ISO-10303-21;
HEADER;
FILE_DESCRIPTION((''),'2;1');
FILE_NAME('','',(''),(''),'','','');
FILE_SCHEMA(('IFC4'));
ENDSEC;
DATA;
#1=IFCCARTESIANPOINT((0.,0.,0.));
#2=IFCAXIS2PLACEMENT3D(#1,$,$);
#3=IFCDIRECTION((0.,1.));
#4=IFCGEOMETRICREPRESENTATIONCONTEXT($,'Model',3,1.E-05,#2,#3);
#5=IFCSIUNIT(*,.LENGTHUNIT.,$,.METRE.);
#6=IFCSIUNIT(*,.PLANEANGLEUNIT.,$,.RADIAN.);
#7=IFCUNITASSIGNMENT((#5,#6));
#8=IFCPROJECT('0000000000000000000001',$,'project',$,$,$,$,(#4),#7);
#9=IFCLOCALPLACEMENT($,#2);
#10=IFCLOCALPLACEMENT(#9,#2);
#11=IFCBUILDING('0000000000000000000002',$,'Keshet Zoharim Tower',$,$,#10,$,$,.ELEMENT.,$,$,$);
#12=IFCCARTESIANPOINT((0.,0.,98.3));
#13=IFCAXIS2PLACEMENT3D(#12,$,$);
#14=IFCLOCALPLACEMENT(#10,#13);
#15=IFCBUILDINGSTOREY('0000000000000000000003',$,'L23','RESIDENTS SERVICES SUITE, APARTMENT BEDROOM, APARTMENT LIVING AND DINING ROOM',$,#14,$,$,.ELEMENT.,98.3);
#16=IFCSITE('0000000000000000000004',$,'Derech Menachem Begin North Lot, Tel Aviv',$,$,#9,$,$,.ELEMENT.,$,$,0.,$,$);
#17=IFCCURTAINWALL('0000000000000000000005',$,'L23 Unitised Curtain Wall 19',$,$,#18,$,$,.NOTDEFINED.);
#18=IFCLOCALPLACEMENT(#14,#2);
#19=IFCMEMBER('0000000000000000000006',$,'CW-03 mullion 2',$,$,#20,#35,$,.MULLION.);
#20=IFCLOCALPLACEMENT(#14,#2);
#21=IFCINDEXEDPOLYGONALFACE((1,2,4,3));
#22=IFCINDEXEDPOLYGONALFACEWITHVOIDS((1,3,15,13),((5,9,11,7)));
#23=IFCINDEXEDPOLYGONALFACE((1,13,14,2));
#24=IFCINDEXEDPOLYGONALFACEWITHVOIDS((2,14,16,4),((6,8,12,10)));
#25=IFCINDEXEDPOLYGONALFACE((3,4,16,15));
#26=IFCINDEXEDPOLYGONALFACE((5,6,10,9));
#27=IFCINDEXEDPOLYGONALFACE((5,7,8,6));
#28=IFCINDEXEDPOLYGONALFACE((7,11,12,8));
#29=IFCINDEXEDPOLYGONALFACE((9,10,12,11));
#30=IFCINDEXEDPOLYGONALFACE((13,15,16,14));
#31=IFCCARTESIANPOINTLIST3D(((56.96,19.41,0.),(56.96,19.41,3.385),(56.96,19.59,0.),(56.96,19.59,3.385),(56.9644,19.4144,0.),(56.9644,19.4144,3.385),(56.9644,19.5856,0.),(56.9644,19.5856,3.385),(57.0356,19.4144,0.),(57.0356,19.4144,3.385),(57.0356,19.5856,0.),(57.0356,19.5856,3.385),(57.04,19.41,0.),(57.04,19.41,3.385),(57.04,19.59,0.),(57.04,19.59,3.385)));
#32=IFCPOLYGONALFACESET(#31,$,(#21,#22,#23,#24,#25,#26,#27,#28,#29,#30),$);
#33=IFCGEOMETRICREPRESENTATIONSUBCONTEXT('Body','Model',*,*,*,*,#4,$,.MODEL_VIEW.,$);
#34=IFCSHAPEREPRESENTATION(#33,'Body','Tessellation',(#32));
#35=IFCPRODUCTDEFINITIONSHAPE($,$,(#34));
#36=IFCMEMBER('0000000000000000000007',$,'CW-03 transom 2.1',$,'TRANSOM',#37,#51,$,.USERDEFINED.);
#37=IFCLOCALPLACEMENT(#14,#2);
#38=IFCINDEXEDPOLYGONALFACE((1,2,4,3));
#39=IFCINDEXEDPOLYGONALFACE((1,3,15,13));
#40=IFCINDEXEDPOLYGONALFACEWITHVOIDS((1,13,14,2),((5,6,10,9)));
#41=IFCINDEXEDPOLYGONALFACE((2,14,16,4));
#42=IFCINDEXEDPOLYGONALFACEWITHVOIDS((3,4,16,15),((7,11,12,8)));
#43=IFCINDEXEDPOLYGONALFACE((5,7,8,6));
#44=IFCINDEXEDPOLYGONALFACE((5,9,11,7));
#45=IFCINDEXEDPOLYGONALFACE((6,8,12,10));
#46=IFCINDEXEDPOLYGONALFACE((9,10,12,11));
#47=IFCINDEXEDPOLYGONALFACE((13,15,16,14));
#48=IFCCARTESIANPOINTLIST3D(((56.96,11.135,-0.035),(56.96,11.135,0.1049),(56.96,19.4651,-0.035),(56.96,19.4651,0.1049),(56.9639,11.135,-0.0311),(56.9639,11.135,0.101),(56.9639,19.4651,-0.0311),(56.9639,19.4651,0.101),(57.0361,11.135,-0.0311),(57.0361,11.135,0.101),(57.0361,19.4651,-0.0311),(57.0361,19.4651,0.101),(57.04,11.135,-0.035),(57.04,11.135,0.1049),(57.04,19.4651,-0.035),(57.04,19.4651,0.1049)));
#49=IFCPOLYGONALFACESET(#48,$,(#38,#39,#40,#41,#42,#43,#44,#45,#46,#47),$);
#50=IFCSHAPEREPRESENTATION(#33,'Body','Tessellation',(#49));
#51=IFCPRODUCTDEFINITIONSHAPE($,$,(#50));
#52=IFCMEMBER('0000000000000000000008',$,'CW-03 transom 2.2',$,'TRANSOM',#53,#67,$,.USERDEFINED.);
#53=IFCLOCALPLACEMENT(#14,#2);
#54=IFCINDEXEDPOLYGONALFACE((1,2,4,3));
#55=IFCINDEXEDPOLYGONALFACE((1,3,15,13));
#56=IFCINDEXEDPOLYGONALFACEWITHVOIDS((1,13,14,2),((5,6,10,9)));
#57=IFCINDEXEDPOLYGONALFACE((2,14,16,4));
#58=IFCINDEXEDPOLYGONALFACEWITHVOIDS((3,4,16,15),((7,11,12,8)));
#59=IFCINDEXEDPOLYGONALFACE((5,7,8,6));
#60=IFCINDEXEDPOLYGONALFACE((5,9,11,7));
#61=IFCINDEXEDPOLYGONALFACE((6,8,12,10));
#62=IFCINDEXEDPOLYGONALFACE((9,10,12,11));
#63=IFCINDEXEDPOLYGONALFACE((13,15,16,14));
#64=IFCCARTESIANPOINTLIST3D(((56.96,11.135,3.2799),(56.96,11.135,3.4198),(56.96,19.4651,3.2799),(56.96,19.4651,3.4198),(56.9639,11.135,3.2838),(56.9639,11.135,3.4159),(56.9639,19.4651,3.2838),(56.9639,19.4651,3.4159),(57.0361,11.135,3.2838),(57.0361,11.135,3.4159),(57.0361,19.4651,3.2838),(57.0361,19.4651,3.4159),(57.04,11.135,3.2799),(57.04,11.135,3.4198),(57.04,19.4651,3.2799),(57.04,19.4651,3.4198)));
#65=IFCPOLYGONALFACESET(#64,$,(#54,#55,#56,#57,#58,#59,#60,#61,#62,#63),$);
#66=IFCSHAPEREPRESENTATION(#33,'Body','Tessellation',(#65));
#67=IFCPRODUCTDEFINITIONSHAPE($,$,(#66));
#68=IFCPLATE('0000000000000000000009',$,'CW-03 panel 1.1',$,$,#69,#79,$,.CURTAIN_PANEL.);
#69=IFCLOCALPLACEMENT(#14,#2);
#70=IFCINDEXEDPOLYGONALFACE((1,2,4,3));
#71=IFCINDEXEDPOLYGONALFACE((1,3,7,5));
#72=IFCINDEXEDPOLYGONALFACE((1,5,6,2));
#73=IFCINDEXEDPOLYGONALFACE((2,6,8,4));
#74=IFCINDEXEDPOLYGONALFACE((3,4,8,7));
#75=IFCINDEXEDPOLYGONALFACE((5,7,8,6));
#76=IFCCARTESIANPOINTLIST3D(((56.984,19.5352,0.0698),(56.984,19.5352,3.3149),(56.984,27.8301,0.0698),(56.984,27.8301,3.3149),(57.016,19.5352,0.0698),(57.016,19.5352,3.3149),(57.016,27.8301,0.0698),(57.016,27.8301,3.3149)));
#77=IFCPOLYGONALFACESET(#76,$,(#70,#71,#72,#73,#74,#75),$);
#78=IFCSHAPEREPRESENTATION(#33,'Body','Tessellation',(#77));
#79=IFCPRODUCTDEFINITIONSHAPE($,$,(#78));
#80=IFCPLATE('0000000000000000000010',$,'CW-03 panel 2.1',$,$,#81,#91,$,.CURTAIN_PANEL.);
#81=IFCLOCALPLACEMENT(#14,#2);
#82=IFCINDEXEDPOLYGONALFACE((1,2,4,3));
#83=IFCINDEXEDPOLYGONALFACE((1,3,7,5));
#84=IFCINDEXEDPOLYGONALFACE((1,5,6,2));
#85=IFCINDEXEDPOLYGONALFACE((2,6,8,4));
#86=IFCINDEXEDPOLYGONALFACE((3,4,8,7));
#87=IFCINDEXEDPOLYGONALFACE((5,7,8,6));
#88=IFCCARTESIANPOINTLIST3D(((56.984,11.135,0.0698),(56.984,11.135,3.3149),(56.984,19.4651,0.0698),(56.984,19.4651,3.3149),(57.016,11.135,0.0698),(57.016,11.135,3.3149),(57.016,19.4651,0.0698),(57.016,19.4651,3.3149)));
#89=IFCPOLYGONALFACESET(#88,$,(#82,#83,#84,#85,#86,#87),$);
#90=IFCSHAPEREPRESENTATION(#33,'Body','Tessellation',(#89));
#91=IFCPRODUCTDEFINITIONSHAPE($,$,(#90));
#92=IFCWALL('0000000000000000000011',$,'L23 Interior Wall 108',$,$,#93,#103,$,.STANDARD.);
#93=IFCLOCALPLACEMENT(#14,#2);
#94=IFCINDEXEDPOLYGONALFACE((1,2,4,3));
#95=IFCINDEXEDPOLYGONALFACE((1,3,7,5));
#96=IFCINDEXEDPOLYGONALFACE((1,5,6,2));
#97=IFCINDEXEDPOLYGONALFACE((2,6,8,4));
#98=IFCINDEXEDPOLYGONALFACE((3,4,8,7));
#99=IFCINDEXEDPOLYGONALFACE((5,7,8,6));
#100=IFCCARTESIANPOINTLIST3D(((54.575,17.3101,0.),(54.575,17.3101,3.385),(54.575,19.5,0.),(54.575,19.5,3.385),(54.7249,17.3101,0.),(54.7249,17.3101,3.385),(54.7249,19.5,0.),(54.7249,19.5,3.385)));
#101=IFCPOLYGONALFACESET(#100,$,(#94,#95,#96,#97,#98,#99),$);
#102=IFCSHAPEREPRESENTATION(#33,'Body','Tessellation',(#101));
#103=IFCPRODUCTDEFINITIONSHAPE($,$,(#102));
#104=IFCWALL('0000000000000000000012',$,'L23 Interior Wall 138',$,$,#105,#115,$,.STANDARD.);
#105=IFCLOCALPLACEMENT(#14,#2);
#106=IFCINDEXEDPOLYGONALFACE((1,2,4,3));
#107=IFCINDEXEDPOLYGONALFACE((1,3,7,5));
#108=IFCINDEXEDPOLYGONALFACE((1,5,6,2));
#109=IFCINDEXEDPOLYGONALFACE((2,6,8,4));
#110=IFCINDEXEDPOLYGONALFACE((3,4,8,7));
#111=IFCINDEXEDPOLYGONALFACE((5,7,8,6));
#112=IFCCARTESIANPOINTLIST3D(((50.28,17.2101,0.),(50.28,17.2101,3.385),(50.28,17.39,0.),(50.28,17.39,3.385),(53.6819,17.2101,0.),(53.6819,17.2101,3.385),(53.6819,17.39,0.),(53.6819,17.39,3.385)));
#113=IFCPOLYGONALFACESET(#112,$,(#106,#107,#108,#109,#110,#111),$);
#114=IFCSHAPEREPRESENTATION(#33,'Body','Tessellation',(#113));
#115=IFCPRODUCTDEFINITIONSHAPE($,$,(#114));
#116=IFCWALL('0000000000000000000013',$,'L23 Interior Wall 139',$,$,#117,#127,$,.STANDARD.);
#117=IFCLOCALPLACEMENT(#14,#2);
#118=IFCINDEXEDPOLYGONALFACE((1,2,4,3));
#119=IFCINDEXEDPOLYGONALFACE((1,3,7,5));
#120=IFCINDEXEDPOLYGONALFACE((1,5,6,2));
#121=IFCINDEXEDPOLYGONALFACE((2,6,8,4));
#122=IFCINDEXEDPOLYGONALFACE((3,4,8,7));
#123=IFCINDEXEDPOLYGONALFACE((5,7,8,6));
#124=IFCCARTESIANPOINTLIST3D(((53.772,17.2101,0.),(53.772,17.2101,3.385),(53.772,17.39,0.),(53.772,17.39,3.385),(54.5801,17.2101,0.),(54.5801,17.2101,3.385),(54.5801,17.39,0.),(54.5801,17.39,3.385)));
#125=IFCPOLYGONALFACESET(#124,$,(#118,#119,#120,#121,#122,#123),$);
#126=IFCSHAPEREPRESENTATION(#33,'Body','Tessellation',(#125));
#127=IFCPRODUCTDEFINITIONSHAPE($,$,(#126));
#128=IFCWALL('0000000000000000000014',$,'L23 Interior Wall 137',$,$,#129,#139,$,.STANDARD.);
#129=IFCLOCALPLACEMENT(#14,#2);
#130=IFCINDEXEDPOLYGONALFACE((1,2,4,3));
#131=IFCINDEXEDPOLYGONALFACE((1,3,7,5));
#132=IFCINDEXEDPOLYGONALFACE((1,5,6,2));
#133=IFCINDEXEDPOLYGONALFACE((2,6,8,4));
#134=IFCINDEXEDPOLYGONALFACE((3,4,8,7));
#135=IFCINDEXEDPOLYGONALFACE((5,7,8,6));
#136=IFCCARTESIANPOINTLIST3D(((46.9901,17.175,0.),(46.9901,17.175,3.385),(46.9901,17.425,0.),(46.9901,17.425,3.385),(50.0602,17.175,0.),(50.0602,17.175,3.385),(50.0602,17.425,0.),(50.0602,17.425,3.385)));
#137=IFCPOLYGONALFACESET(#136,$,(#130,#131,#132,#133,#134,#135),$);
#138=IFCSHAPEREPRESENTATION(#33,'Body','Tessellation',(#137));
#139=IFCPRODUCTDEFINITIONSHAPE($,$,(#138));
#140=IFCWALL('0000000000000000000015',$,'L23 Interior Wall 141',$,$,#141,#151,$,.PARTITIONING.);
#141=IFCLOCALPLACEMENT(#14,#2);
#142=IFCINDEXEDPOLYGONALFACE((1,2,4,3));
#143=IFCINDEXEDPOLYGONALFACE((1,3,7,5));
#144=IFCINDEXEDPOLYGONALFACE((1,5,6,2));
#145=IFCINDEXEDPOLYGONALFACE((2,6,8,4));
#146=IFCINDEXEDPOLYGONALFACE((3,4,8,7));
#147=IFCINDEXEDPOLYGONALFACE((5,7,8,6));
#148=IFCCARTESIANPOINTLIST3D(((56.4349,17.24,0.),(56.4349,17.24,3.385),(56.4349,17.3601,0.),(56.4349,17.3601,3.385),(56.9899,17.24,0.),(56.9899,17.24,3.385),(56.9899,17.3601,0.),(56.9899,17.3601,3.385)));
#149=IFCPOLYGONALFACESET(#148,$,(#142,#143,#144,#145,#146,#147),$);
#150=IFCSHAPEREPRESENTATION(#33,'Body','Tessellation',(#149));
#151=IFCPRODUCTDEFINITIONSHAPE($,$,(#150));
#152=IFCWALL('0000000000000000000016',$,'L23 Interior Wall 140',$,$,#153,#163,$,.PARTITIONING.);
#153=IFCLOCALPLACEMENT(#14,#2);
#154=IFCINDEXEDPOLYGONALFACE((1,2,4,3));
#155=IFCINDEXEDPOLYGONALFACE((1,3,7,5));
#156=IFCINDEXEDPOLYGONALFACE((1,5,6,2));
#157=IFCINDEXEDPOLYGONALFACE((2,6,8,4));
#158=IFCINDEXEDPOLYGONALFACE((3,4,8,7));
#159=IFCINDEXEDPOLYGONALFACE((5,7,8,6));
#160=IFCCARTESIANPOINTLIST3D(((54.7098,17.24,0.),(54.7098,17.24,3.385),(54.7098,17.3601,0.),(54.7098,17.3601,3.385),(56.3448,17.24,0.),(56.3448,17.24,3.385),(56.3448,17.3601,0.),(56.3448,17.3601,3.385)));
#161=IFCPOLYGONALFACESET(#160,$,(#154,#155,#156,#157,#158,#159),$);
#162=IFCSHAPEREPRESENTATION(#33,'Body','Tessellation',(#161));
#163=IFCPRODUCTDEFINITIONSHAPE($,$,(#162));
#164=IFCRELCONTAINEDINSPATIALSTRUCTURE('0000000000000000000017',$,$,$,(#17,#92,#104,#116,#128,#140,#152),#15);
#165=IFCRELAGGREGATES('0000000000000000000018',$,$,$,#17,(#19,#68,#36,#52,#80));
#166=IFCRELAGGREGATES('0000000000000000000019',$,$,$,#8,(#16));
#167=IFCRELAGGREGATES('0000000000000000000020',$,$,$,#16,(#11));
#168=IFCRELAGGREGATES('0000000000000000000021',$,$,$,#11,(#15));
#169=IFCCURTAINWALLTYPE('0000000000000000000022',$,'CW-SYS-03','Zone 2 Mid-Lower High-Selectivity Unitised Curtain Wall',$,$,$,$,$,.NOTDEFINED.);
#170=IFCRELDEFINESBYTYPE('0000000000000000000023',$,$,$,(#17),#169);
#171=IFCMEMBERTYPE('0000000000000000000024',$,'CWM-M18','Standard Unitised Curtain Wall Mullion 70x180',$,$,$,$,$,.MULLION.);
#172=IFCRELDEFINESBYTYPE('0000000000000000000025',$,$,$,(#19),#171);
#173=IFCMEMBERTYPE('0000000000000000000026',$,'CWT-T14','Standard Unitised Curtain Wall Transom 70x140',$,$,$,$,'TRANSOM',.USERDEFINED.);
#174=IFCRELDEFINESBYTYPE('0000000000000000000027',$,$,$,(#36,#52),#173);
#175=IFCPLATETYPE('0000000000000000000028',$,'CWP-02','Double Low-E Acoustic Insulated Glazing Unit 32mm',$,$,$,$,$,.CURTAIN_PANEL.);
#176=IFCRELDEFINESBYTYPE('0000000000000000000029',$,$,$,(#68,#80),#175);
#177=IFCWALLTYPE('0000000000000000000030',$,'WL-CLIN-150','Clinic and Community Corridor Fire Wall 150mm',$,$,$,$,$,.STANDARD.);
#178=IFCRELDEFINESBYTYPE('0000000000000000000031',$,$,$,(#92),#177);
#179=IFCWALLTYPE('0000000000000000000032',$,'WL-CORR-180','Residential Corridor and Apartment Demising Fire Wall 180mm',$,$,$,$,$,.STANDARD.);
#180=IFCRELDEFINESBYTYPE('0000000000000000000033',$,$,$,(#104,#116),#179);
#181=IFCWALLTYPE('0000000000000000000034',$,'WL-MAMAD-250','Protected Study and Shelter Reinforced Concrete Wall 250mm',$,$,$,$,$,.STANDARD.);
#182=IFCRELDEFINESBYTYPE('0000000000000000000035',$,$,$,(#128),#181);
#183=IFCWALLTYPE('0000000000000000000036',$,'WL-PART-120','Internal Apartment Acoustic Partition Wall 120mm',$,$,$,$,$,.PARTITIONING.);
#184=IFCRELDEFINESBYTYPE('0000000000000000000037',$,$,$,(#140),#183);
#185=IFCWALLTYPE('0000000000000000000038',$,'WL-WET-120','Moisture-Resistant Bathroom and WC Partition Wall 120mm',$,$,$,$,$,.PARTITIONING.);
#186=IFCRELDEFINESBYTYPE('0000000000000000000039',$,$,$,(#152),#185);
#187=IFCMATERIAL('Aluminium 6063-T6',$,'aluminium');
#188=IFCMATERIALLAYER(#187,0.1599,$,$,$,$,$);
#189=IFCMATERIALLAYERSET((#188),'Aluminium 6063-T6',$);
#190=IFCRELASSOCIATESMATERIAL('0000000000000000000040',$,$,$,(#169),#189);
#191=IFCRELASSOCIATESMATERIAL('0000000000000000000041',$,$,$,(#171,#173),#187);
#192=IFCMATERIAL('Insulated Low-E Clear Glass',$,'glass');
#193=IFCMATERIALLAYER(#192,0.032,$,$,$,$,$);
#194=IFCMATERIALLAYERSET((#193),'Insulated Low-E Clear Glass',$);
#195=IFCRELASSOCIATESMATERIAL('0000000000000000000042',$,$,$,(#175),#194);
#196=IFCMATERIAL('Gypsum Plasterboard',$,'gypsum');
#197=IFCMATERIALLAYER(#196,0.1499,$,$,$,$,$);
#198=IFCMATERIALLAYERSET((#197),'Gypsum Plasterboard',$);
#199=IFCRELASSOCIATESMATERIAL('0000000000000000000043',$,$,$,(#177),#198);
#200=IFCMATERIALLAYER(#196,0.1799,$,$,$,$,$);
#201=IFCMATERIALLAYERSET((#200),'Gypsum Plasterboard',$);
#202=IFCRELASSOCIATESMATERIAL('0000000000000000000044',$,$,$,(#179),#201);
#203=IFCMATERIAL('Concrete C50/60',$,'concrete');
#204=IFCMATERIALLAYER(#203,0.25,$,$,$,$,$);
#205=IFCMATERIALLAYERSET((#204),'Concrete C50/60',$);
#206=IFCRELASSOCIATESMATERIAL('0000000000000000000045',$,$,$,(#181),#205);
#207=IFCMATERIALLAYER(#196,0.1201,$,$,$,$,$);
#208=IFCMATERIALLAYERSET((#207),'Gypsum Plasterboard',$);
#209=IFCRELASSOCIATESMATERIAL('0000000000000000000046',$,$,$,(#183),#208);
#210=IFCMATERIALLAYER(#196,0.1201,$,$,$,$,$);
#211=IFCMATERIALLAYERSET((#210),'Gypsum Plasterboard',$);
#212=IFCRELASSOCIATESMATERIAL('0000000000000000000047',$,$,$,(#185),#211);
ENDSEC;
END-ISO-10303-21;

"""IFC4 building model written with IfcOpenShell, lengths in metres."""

from ifc_helpers import new_model, si_unit, direction, frame, frame_2d, origin, origin_2d, place, context, subcontext, project, spatial, rectangle, hollow_rectangle, extrude, material, layer, layer_set, material_profile, profile_set, type_object, element, aggregate, save


model = new_model("IFC4")

# Units and contexts
model_context = context("Model", 3, precision=1e-05, world=origin(), true_north=direction((0.0, 1.0)))
body_context = subcontext(model_context, "Body", "Model", "MODEL_VIEW")
ifc_project = project(units=[si_unit("LENGTHUNIT", "METRE"), si_unit("PLANEANGLEUNIT", "RADIAN")], contexts=[model_context])

# Site, building, storey
site_placement = place(None, origin())
site = spatial("IfcSite", under=ifc_project, at=site_placement, Name="Derech Menachem Begin North Lot, Tel Aviv", CompositionType="ELEMENT", RefElevation=0.0)
building_placement = place(site_placement, origin())
building = spatial("IfcBuilding", under=site, at=building_placement, Name="Keshet Zoharim Tower", CompositionType="ELEMENT")
storey_placement = place(building_placement, frame((0.0, 0.0, 98.3)))
storey = spatial("IfcBuildingStorey", under=building, at=storey_placement, Name="L23", Description="RESIDENTS SERVICES SUITE, APARTMENT BEDROOM, APARTMENT LIVING AND DINING ROOM", CompositionType="ELEMENT", Elevation=98.3)

# Curtain wall, members, plates
ifc_material_1 = material(Name="Aluminium 6063-T6", Category="aluminium")
ifc_layer_1 = layer(ifc_material_1, 0.1599)
ifc_layer_set_1 = layer_set([ifc_layer_1], Name="Aluminium 6063-T6")
curtain_wall_type = type_object("IfcCurtainWallType", Name="CW-SYS-03", Description="Zone 2 Mid-Lower High-Selectivity Unitised Curtain Wall", PredefinedType="NOTDEFINED", material=ifc_layer_set_1)
curtain_wall_placement = place(storey_placement, origin())
curtain_wall = element("IfcCurtainWall", 1, at=curtain_wall_placement, inside=storey, type_object=curtain_wall_type, Name="L23 Unitised Curtain Wall 19", PredefinedType="NOTDEFINED")
ifc_material_profile_1 = material_profile(ifc_material_1, hollow_rectangle(XDim=0.0801, YDim=0.1799, WallThickness=0.0044, at=origin_2d()), Name="MUL-80x180")
ifc_profile_set_1 = profile_set([ifc_material_profile_1], Name="Aluminium 6063-T6")
member_type_1 = type_object("IfcMemberType", Name="CWM-M18", Description="Standard Unitised Curtain Wall Mullion 70x180", PredefinedType="MULLION", material=ifc_profile_set_1)
member_1_placement = place(storey_placement, frame((57.0, 19.5, 0.0), z_axis=(0.0, 0.0, 1.0), x_axis=(1.0, 0.0, 0.0)))
member_1 = element("IfcMember", 2, at=member_1_placement, type_object=member_type_1, Name="CW-03 mullion 2", PredefinedType="MULLION", context=body_context, shape_type="SweptSolid", body=[
    extrude(hollow_rectangle(XDim=0.0801, YDim=0.1799, WallThickness=0.0044, at=origin_2d()), origin(), (0.0, 0.0, 1.0), 3.385),
])
ifc_material_profile_2 = material_profile(ifc_material_1, hollow_rectangle(XDim=0.0801, YDim=0.1399, WallThickness=0.0039, at=origin_2d()), Name="TRN-80x140")
ifc_profile_set_2 = profile_set([ifc_material_profile_2], Name="Aluminium 6063-T6")
member_type_2 = type_object("IfcMemberType", Name="CWT-T14", Description="Standard Unitised Curtain Wall Transom 70x140", ElementType="TRANSOM", PredefinedType="USERDEFINED", material=ifc_profile_set_2)
member_2_placement = place(storey_placement, frame((57.0, 19.4651, 0.0349), z_axis=(0.0, -1.0, 0.0), x_axis=(1.0, 0.0, 0.0)))
member_2 = element("IfcMember", 3, at=member_2_placement, type_object=member_type_2, Name="CW-03 transom 2.1", ObjectType="TRANSOM", PredefinedType="USERDEFINED", context=body_context, shape_type="SweptSolid", body=[
    extrude(hollow_rectangle(XDim=0.0801, YDim=0.1399, WallThickness=0.0039, at=origin_2d()), origin(), (0.0, 0.0, 1.0), 8.3301),
])
member_3_placement = place(storey_placement, frame((57.0, 19.4651, 3.3499), z_axis=(0.0, -1.0, 0.0), x_axis=(1.0, 0.0, 0.0)))
member_3 = element("IfcMember", 4, at=member_3_placement, type_object=member_type_2, Name="CW-03 transom 2.2", ObjectType="TRANSOM", PredefinedType="USERDEFINED", context=body_context, shape_type="SweptSolid", body=[
    extrude(hollow_rectangle(XDim=0.0801, YDim=0.1399, WallThickness=0.0039, at=origin_2d()), origin(), (0.0, 0.0, 1.0), 8.3301),
])
ifc_material_2 = material(Name="Insulated Low-E Clear Glass", Category="glass")
ifc_layer_2 = layer(ifc_material_2, 0.032)
ifc_layer_set_2 = layer_set([ifc_layer_2], Name="Insulated Low-E Clear Glass")
plate_type = type_object("IfcPlateType", Name="CWP-02", Description="Double Low-E Acoustic Insulated Glazing Unit 32mm", PredefinedType="CURTAIN_PANEL", material=ifc_layer_set_2)
plate_1_placement = place(storey_placement, frame((57.0, 23.6826, 0.0698), z_axis=(0.0, 0.0, 1.0), x_axis=(0.0, -1.0, 0.0)))
plate_1 = element("IfcPlate", 5, at=plate_1_placement, type_object=plate_type, Name="CW-03 panel 1.1", PredefinedType="CURTAIN_PANEL", context=body_context, shape_type="SweptSolid", body=[
    extrude(rectangle(XDim=8.2949, YDim=0.032, at=origin_2d()), origin(), (0.0, 0.0, 1.0), 3.2451),
])
plate_2_placement = place(storey_placement, frame((57.0, 15.3, 0.0698), z_axis=(0.0, 0.0, 1.0), x_axis=(0.0, -1.0, 0.0)))
plate_2 = element("IfcPlate", 6, at=plate_2_placement, type_object=plate_type, Name="CW-03 panel 2.1", PredefinedType="CURTAIN_PANEL", context=body_context, shape_type="SweptSolid", body=[
    extrude(rectangle(XDim=8.3301, YDim=0.032, at=origin_2d()), origin(), (0.0, 0.0, 1.0), 3.2451),
])
aggregate(curtain_wall, [member_1, plate_1, member_2, member_3, plate_2])

# Walls
ifc_material_3 = material(Name="Gypsum Plasterboard", Category="gypsum")
ifc_layer_3 = layer(ifc_material_3, 0.1499)
ifc_layer_set_3 = layer_set([ifc_layer_3], Name="Gypsum Plasterboard")
wall_type_1 = type_object("IfcWallType", Name="WL-CLIN-150", Description="Clinic and Community Corridor Fire Wall 150mm", PredefinedType="STANDARD", material=ifc_layer_set_3)
wall_1_placement = place(storey_placement, frame((54.6499, 17.3101, 0.0), z_axis=(0.0, 0.0, 1.0), x_axis=(0.0, 1.0, 0.0)))
element("IfcWall", 7, at=wall_1_placement, inside=storey, type_object=wall_type_1, Name="L23 Interior Wall 108", PredefinedType="STANDARD", context=body_context, shape_type="SweptSolid", body=[
    extrude(rectangle(XDim=2.1899, YDim=0.1499, at=frame_2d((1.095, 0.0))), origin(), (0.0, 0.0, 1.0), 3.385),
])
ifc_layer_4 = layer(ifc_material_3, 0.1799)
ifc_layer_set_4 = layer_set([ifc_layer_4], Name="Gypsum Plasterboard")
wall_type_2 = type_object("IfcWallType", Name="WL-CORR-180", Description="Residential Corridor and Apartment Demising Fire Wall 180mm", PredefinedType="STANDARD", material=ifc_layer_set_4)
wall_2_placement = place(storey_placement, frame((50.28, 17.3, 0.0), z_axis=(0.0, 0.0, 1.0), x_axis=(1.0, 0.0, 0.0)))
element("IfcWall", 8, at=wall_2_placement, inside=storey, type_object=wall_type_2, Name="L23 Interior Wall 138", PredefinedType="STANDARD", context=body_context, shape_type="SweptSolid", body=[
    extrude(rectangle(XDim=3.4019, YDim=0.1799, at=frame_2d((1.7009, 0.0))), origin(), (0.0, 0.0, 1.0), 3.385),
])
wall_3_placement = place(storey_placement, frame((53.772, 17.3, 0.0), z_axis=(0.0, 0.0, 1.0), x_axis=(1.0, 0.0, 0.0)))
element("IfcWall", 9, at=wall_3_placement, inside=storey, type_object=wall_type_2, Name="L23 Interior Wall 139", PredefinedType="STANDARD", context=body_context, shape_type="SweptSolid", body=[
    extrude(rectangle(XDim=0.8081, YDim=0.1799, at=frame_2d((0.4041, 0.0))), origin(), (0.0, 0.0, 1.0), 3.385),
])
ifc_material_4 = material(Name="Concrete C50/60", Category="concrete")
ifc_layer_5 = layer(ifc_material_4, 0.25)
ifc_layer_set_5 = layer_set([ifc_layer_5], Name="Concrete C50/60")
wall_type_3 = type_object("IfcWallType", Name="WL-MAMAD-250", Description="Protected Study and Shelter Reinforced Concrete Wall 250mm", PredefinedType="STANDARD", material=ifc_layer_set_5)
wall_4_placement = place(storey_placement, frame((46.99, 17.3, 0.0), z_axis=(0.0, 0.0, 1.0), x_axis=(1.0, 0.0, 0.0)))
element("IfcWall", 10, at=wall_4_placement, inside=storey, type_object=wall_type_3, Name="L23 Interior Wall 137", PredefinedType="STANDARD", context=body_context, shape_type="SweptSolid", body=[
    extrude(rectangle(XDim=3.0701, YDim=0.25, at=frame_2d((1.5352, 0.0))), origin(), (0.0, 0.0, 1.0), 3.385),
])
ifc_layer_6 = layer(ifc_material_3, 0.1201)
ifc_layer_set_6 = layer_set([ifc_layer_6], Name="Gypsum Plasterboard")
wall_type_4 = type_object("IfcWallType", Name="WL-PART-120", Description="Internal Apartment Acoustic Partition Wall 120mm", PredefinedType="PARTITIONING", material=ifc_layer_set_6)
wall_5_placement = place(storey_placement, frame((56.4351, 17.3, 0.0), z_axis=(0.0, 0.0, 1.0), x_axis=(1.0, 0.0, 0.0)))
element("IfcWall", 11, at=wall_5_placement, inside=storey, type_object=wall_type_4, Name="L23 Interior Wall 141", PredefinedType="PARTITIONING", context=body_context, shape_type="SweptSolid", body=[
    extrude(rectangle(XDim=0.5549, YDim=0.1201, at=frame_2d((0.2773, 0.0))), origin(), (0.0, 0.0, 1.0), 3.385),
])
ifc_layer_7 = layer(ifc_material_3, 0.1201)
ifc_layer_set_7 = layer_set([ifc_layer_7], Name="Gypsum Plasterboard")
wall_type_5 = type_object("IfcWallType", Name="WL-WET-120", Description="Moisture-Resistant Bathroom and WC Partition Wall 120mm", PredefinedType="PARTITIONING", material=ifc_layer_set_7)
wall_6_placement = place(storey_placement, frame((54.71, 17.3, 0.0), z_axis=(0.0, 0.0, 1.0), x_axis=(1.0, 0.0, 0.0)))
element("IfcWall", 12, at=wall_6_placement, inside=storey, type_object=wall_type_5, Name="L23 Interior Wall 140", PredefinedType="PARTITIONING", context=body_context, shape_type="SweptSolid", body=[
    extrude(rectangle(XDim=1.635, YDim=0.1201, at=frame_2d((0.8174, 0.0))), origin(), (0.0, 0.0, 1.0), 3.385),
])

save(model, "model.ifc")
